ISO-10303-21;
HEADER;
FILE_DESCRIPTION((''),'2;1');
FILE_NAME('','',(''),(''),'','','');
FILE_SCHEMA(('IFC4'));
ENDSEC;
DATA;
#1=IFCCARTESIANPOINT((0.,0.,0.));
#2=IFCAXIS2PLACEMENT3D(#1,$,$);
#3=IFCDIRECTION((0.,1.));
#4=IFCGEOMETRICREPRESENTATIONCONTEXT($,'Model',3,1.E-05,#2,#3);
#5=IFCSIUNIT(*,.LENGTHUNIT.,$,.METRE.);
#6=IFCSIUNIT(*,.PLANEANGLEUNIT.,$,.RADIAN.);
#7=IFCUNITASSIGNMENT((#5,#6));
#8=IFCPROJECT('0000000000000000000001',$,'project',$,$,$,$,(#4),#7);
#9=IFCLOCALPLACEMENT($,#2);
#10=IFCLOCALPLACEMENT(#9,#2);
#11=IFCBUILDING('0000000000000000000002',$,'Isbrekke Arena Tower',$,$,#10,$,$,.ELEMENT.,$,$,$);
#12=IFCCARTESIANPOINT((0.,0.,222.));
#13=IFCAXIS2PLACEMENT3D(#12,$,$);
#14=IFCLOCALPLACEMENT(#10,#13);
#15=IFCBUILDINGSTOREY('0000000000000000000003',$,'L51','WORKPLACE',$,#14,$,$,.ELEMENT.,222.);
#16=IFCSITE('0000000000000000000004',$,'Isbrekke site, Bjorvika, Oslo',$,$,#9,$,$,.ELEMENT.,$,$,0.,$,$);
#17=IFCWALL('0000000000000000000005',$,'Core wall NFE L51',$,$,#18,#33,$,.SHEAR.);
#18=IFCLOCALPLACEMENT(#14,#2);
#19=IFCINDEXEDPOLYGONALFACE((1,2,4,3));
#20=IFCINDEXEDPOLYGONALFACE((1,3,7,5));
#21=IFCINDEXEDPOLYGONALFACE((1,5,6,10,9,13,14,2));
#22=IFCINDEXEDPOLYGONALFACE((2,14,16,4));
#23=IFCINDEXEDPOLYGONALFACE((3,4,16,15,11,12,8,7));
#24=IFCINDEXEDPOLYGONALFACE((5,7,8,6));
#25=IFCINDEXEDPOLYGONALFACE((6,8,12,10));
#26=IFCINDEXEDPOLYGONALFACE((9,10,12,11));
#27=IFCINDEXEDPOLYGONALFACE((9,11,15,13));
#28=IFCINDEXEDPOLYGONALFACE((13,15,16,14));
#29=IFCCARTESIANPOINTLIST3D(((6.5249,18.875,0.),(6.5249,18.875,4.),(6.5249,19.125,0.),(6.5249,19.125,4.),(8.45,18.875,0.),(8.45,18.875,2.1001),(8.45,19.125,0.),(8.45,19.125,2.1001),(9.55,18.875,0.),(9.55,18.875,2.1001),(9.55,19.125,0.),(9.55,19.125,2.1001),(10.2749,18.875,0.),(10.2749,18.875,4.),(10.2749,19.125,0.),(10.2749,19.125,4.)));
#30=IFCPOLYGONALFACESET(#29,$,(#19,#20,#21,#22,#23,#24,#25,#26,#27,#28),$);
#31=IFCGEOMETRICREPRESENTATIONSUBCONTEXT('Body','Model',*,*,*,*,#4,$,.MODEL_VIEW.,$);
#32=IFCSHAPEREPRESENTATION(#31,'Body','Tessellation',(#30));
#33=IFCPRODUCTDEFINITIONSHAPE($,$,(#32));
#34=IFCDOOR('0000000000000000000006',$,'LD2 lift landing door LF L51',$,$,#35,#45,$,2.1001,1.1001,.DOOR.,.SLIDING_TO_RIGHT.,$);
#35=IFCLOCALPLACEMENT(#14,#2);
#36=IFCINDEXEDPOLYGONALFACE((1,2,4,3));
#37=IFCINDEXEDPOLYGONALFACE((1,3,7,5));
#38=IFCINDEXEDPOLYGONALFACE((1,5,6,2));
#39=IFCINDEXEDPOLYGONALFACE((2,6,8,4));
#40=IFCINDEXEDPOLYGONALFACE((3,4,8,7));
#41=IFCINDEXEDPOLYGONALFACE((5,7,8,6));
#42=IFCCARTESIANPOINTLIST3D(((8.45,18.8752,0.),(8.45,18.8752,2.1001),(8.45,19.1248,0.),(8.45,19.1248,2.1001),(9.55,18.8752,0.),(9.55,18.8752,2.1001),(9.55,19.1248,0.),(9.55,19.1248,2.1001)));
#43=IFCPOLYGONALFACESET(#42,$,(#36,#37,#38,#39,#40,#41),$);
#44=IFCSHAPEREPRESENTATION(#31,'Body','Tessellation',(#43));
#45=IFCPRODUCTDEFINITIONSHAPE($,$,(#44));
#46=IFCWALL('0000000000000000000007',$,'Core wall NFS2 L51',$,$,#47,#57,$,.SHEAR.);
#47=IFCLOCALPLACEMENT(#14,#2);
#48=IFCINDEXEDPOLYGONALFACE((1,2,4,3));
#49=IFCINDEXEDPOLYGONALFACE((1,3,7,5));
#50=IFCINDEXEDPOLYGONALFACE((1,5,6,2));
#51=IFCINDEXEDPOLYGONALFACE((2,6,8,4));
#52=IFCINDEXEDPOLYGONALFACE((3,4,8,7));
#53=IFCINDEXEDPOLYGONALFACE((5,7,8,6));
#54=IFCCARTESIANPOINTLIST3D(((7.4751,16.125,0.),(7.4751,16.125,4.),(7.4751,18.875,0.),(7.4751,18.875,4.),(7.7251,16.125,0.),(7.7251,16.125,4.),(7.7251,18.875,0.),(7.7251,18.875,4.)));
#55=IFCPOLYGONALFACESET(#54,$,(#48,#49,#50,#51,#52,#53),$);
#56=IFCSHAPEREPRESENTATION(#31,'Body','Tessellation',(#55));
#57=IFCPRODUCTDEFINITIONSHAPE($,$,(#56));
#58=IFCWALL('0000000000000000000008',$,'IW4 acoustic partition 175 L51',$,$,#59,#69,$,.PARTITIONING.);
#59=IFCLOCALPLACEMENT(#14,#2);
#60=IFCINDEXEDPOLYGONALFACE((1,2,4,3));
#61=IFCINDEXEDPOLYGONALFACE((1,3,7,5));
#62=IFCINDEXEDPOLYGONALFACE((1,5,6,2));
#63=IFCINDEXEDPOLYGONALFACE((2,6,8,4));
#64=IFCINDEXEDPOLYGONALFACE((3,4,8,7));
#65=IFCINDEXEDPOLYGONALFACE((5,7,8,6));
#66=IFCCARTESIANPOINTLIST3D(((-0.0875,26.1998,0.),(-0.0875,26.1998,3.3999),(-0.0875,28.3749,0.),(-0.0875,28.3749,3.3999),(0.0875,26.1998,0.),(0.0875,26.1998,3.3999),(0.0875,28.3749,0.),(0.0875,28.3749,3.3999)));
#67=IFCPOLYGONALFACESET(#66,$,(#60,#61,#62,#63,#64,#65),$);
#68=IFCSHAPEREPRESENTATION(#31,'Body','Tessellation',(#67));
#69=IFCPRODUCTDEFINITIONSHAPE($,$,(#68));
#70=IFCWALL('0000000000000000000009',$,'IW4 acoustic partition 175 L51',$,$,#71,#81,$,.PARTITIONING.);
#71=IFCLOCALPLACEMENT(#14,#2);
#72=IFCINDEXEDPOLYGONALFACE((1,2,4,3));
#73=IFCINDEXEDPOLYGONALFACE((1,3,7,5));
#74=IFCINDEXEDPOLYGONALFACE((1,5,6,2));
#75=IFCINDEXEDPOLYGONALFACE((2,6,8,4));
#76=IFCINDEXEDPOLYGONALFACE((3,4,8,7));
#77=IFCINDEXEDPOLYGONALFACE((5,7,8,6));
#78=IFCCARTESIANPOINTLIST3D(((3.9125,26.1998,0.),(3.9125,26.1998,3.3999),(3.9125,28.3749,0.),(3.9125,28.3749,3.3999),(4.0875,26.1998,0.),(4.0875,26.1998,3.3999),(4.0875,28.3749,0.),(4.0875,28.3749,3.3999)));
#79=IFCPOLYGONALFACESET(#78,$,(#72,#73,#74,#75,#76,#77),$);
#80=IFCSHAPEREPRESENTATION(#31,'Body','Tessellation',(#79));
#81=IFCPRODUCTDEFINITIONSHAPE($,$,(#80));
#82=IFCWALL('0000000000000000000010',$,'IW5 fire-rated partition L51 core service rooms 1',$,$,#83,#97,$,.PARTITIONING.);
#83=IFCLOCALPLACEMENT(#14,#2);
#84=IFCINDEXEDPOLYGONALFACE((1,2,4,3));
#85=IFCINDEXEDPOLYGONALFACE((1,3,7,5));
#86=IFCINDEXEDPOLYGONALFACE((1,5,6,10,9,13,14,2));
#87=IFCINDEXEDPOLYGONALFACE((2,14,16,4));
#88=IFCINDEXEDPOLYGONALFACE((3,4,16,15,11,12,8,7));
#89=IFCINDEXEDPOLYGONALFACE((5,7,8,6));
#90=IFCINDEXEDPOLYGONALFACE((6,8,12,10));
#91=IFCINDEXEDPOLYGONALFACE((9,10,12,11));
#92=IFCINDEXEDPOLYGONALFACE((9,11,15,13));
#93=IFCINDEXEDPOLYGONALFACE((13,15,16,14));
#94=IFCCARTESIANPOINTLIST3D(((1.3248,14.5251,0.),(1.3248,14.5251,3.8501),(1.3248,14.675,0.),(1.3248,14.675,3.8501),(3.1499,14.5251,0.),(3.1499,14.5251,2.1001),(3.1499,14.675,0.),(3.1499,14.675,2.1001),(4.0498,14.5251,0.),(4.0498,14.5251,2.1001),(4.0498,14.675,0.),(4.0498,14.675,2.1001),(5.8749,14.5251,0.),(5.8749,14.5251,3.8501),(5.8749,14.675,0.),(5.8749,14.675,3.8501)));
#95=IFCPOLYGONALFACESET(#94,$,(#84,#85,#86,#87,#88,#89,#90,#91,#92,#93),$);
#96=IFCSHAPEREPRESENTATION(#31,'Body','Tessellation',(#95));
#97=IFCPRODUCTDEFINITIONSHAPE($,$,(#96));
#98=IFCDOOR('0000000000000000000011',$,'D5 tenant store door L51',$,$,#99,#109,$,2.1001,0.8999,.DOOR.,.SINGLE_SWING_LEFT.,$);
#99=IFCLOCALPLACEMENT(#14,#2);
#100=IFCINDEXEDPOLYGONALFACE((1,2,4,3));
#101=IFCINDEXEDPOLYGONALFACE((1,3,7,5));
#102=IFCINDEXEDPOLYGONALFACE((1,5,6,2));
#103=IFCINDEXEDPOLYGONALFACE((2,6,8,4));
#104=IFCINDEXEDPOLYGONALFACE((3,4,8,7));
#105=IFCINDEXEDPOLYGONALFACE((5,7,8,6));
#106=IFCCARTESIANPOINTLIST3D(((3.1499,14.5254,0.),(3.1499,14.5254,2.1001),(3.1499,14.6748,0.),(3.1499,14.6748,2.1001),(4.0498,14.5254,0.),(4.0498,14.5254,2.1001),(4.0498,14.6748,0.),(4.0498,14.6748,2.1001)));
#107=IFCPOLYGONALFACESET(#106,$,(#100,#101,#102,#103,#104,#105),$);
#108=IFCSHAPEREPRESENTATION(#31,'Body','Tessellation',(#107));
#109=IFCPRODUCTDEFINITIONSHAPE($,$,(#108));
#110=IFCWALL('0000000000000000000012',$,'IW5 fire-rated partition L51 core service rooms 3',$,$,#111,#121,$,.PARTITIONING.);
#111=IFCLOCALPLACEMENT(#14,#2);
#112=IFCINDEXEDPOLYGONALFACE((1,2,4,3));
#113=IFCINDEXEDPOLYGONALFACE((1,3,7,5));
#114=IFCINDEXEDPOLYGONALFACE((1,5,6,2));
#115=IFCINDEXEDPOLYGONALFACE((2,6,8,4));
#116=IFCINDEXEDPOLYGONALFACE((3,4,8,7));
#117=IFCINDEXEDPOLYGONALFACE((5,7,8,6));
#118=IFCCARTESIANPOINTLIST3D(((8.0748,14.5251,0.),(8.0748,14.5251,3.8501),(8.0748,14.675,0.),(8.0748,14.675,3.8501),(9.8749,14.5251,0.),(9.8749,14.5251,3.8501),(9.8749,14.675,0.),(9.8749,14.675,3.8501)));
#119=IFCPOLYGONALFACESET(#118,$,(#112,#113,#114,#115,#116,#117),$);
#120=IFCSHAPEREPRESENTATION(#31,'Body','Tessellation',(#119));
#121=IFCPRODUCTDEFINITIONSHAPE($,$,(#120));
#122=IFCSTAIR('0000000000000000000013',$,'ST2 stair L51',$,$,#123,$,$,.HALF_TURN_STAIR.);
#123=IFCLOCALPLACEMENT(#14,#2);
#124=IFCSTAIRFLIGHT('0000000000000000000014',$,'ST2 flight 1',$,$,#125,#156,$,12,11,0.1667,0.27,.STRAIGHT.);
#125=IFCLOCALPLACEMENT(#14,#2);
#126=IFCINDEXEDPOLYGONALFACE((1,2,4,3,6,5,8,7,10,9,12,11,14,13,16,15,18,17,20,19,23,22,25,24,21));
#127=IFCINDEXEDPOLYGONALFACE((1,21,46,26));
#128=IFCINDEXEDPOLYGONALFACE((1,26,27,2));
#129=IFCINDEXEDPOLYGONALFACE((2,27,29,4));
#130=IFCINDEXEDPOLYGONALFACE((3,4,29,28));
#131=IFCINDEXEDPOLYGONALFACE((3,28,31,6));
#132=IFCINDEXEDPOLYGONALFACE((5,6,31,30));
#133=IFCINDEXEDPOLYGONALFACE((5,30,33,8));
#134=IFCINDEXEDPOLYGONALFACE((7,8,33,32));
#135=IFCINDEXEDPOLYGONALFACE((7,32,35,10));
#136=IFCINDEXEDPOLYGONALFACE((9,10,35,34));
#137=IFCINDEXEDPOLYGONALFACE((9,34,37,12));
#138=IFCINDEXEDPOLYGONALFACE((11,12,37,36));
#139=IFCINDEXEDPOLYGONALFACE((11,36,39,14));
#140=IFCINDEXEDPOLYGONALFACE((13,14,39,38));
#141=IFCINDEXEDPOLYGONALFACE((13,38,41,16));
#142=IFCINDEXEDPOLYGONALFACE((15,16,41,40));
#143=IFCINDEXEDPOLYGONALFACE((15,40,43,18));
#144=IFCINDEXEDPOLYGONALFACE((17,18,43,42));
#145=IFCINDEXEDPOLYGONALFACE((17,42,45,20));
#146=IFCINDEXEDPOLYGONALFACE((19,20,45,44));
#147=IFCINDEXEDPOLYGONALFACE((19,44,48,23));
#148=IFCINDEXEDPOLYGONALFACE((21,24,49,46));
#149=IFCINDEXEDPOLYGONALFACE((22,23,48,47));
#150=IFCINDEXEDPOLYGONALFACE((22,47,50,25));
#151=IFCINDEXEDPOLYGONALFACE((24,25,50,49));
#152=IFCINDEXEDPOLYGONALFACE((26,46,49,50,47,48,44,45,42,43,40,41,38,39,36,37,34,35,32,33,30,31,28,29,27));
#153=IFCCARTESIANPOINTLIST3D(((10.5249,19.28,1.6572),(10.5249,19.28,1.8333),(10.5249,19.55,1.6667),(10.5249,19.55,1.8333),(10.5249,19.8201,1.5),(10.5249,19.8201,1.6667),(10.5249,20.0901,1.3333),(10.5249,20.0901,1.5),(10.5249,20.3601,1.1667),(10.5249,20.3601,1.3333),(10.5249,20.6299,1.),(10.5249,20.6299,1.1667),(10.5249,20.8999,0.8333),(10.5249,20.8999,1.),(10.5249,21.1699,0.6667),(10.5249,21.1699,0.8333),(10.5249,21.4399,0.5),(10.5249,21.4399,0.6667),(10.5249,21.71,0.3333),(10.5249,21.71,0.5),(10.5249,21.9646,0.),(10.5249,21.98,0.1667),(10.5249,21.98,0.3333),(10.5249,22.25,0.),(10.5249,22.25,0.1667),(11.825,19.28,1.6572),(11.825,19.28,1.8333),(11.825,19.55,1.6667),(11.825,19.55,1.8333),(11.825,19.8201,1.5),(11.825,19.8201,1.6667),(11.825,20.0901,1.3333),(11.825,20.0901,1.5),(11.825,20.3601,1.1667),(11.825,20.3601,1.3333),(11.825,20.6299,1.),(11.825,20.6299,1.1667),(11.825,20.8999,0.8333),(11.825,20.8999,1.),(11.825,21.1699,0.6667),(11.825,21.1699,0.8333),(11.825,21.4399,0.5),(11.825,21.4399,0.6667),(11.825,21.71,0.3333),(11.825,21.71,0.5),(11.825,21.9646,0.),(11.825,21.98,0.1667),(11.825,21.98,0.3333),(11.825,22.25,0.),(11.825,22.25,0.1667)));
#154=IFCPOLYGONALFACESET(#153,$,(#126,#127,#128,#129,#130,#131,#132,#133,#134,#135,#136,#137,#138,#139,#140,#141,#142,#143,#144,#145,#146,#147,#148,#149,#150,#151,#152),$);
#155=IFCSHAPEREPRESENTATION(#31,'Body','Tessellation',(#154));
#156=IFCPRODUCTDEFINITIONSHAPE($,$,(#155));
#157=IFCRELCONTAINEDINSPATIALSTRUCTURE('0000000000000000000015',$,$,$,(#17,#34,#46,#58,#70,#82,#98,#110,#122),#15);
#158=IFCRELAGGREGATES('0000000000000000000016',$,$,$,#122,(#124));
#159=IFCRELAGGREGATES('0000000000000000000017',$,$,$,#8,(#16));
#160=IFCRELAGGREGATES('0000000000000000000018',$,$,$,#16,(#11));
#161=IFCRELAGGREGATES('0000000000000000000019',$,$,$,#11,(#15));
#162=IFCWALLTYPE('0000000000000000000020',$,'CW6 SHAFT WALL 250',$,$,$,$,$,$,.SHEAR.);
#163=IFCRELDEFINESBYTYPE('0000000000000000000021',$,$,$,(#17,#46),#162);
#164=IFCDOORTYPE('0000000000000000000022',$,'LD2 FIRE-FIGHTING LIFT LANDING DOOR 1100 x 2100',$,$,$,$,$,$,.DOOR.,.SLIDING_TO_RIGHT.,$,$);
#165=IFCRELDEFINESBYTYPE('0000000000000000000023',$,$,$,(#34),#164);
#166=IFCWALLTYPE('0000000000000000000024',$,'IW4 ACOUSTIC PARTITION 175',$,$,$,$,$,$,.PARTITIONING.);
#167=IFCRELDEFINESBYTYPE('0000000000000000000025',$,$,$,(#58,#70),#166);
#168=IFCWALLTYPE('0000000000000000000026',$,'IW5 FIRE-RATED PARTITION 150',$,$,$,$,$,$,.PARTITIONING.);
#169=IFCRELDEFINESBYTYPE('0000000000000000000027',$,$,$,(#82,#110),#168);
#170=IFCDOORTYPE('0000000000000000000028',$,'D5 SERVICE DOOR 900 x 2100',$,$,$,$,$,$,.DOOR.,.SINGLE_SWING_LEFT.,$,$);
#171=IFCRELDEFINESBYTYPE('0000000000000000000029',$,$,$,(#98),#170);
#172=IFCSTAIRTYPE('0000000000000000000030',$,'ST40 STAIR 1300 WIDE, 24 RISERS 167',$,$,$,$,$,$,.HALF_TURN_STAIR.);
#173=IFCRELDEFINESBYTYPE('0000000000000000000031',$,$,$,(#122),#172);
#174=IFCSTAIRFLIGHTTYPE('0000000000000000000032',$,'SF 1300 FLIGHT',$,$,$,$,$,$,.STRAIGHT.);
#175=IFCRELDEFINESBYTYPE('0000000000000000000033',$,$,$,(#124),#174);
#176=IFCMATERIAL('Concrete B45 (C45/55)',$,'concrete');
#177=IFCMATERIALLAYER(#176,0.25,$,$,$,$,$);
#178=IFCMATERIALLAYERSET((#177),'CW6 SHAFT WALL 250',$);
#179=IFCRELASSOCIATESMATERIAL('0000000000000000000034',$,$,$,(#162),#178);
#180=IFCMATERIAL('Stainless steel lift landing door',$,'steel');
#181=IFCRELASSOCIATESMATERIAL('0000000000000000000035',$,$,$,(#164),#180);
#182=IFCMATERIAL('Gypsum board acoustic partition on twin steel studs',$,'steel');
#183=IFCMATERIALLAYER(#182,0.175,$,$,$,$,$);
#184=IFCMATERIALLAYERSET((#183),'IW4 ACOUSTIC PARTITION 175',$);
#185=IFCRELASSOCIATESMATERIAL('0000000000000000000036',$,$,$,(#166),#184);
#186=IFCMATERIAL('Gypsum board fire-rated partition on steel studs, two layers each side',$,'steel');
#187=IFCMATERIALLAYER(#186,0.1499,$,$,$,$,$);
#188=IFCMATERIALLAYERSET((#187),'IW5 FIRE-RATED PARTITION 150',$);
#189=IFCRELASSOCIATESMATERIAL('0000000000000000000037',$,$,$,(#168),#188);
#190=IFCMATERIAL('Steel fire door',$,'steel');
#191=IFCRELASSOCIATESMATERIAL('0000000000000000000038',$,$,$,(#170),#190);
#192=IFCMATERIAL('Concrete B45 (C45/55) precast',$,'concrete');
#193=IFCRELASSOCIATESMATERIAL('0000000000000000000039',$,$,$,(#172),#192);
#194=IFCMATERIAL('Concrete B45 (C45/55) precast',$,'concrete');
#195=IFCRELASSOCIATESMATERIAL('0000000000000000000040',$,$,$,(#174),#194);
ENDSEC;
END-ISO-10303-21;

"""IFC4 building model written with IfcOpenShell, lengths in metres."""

from ifc_helpers import new_model, si_unit, direction, frame, frame_2d, origin, place, context, subcontext, project, spatial, polyline, rectangle, outline, extrude, material, layer, layer_set, type_object, element, fill, aggregate, save


model = new_model("IFC4")

# Units and contexts
model_context = context("Model", 3, precision=1e-05, world=origin(), true_north=direction((0.0, 1.0)))
body_context = subcontext(model_context, "Body", "Model", "MODEL_VIEW")
ifc_project = project(units=[si_unit("LENGTHUNIT", "METRE"), si_unit("PLANEANGLEUNIT", "RADIAN")], contexts=[model_context])

# Site, building, storey
site_placement = place(None, origin())
site = spatial("IfcSite", under=ifc_project, at=site_placement, Name="Isbrekke site, Bjorvika, Oslo", CompositionType="ELEMENT", RefElevation=0.0)
building_placement = place(site_placement, origin())
building = spatial("IfcBuilding", under=site, at=building_placement, Name="Isbrekke Arena Tower", CompositionType="ELEMENT")
storey_placement = place(building_placement, frame((0.0, 0.0, 222.0)))
storey = spatial("IfcBuildingStorey", under=building, at=storey_placement, Name="L51", Description="WORKPLACE", CompositionType="ELEMENT", Elevation=222.0)

# Shared definitions
ifc_material_1 = material(Name="Concrete B45 (C45/55)", Category="concrete")
ifc_layer_1 = layer(ifc_material_1, 0.25)
ifc_layer_set_1 = layer_set([ifc_layer_1], Name="CW6 SHAFT WALL 250")
wall_type_1 = type_object("IfcWallType", Name="CW6 SHAFT WALL 250", PredefinedType="SHEAR", material=ifc_layer_set_1)

# Wall, opening, door
wall_1_placement = place(storey_placement, frame((6.5249, 19.0, 0.0), z_axis=(0.0, 0.0, 1.0), x_axis=(1.0, 0.0, 0.0)))
wall_1 = element("IfcWall", 1, at=wall_1_placement, inside=storey, type_object=wall_type_1, Name="Core wall NFE L51", PredefinedType="SHEAR", context=body_context, shape_type="SweptSolid", body=[
    extrude(rectangle(XDim=3.75, YDim=0.25, at=frame_2d((1.875, 0.0))), origin(), (0.0, 0.0, 1.0), 4.0),
])
opening_1_placement = place(wall_1_placement, frame((1.925, 0.0, 0.0)))
opening_1 = element("IfcOpeningElement", 2, at=opening_1_placement, cuts=wall_1, PredefinedType="OPENING", context=body_context, shape_type="SweptSolid", body=[
    extrude(rectangle(XDim=1.1001, YDim=2.1001, at=frame_2d((0.55, 1.05))), frame((0.0, 0.1399, 0.0), z_axis=(0.0, -1.0, 0.0), x_axis=(1.0, 0.0, 0.0)), (0.0, 0.0, 1.0), 0.2798),
])
ifc_material_2 = material(Name="Stainless steel lift landing door", Category="steel")
door_type_1 = type_object("IfcDoorType", Name="LD2 FIRE-FIGHTING LIFT LANDING DOOR 1100 x 2100", OperationType="SLIDING_TO_RIGHT", PredefinedType="DOOR", material=ifc_material_2)
door_1_placement = place(opening_1_placement, origin())
door_1 = element("IfcDoor", 3, at=door_1_placement, inside=storey, type_object=door_type_1, Name="LD2 lift landing door LF L51", OperationType="SLIDING_TO_RIGHT", OverallHeight=2.1001, OverallWidth=1.1001, PredefinedType="DOOR", context=body_context, shape_type="SweptSolid", body=[
    extrude(rectangle(XDim=1.1001, YDim=2.1001, at=frame_2d((0.55, 1.05))), frame((0.0, 0.1248, 0.0), z_axis=(0.0, -1.0, 0.0), x_axis=(1.0, 0.0, 0.0)), (0.0, 0.0, 1.0), 0.2495),
])
fill(opening_1, door_1)

# Walls
wall_2_placement = place(storey_placement, frame((7.6001, 16.125, 0.0), z_axis=(0.0, 0.0, 1.0), x_axis=(0.0, 1.0, 0.0)))
element("IfcWall", 4, at=wall_2_placement, inside=storey, type_object=wall_type_1, Name="Core wall NFS2 L51", PredefinedType="SHEAR", context=body_context, shape_type="SweptSolid", body=[
    extrude(rectangle(XDim=2.75, YDim=0.25, at=frame_2d((1.375, 0.0))), origin(), (0.0, 0.0, 1.0), 4.0),
])
ifc_material_3 = material(Name="Gypsum board acoustic partition on twin steel studs", Category="steel")
ifc_layer_2 = layer(ifc_material_3, 0.175)
ifc_layer_set_2 = layer_set([ifc_layer_2], Name="IW4 ACOUSTIC PARTITION 175")
wall_type_2 = type_object("IfcWallType", Name="IW4 ACOUSTIC PARTITION 175", PredefinedType="PARTITIONING", material=ifc_layer_set_2)
for number, where, z_axis, x_axis, name in (
    (5, (0.0, 26.2, 0.0), (0.0, 0.0, 1.0), (0.0, 1.0, 0.0), "IW4 acoustic partition 175 L51"),
    (6, (4.0, 26.2, 0.0), (0.0, 0.0, 1.0), (0.0, 1.0, 0.0), "IW4 acoustic partition 175 L51"),
):
    element("IfcWall", number, at=place(storey_placement, frame(where, z_axis=z_axis, x_axis=x_axis)), inside=storey, type_object=wall_type_2, Name=name, PredefinedType="PARTITIONING", context=body_context, shape_type="SweptSolid", body=[
        extrude(rectangle(XDim=2.175, YDim=0.175, at=frame_2d((1.0874, 0.0))), origin(), (0.0, 0.0, 1.0), 3.3999),
    ])

# Wall, opening, door
ifc_material_4 = material(Name="Gypsum board fire-rated partition on steel studs, two layers each side", Category="steel")
ifc_layer_3 = layer(ifc_material_4, 0.1499)
ifc_layer_set_3 = layer_set([ifc_layer_3], Name="IW5 FIRE-RATED PARTITION 150")
wall_type_3 = type_object("IfcWallType", Name="IW5 FIRE-RATED PARTITION 150", PredefinedType="PARTITIONING", material=ifc_layer_set_3)
wall_3_placement = place(storey_placement, frame((1.325, 14.6001, 0.0), z_axis=(0.0, 0.0, 1.0), x_axis=(1.0, 0.0, 0.0)))
wall_3 = element("IfcWall", 7, at=wall_3_placement, inside=storey, type_object=wall_type_3, Name="IW5 fire-rated partition L51 core service rooms 1", PredefinedType="PARTITIONING", context=body_context, shape_type="SweptSolid", body=[
    extrude(rectangle(XDim=4.55, YDim=0.1499, at=frame_2d((2.2749, 0.0))), origin(), (0.0, 0.0, 1.0), 3.8501),
])
opening_2_placement = place(wall_3_placement, frame((1.825, 0.0, 0.0)))
opening_2 = element("IfcOpeningElement", 8, at=opening_2_placement, cuts=wall_3, PredefinedType="OPENING", context=body_context, shape_type="SweptSolid", body=[
    extrude(rectangle(XDim=0.8999, YDim=2.1001, at=frame_2d((0.45, 1.05))), frame((0.0, 0.0898, 0.0), z_axis=(0.0, -1.0, 0.0), x_axis=(1.0, 0.0, 0.0)), (0.0, 0.0, 1.0), 0.1797),
])
ifc_material_5 = material(Name="Steel fire door", Category="steel")
door_type_2 = type_object("IfcDoorType", Name="D5 SERVICE DOOR 900 x 2100", OperationType="SINGLE_SWING_LEFT", PredefinedType="DOOR", material=ifc_material_5)
door_2_placement = place(opening_2_placement, origin())
door_2 = element("IfcDoor", 9, at=door_2_placement, inside=storey, type_object=door_type_2, Name="D5 tenant store door L51", OperationType="SINGLE_SWING_LEFT", OverallHeight=2.1001, OverallWidth=0.8999, PredefinedType="DOOR", context=body_context, shape_type="SweptSolid", body=[
    extrude(rectangle(XDim=0.8999, YDim=2.1001, at=frame_2d((0.45, 1.05))), frame((0.0, 0.0747, 0.0), z_axis=(0.0, -1.0, 0.0), x_axis=(1.0, 0.0, 0.0)), (0.0, 0.0, 1.0), 0.1494),
])
fill(opening_2, door_2)

# Wall
wall_4_placement = place(storey_placement, frame((8.075, 14.6001, 0.0), z_axis=(0.0, 0.0, 1.0), x_axis=(1.0, 0.0, 0.0)))
element("IfcWall", 10, at=wall_4_placement, inside=storey, type_object=wall_type_3, Name="IW5 fire-rated partition L51 core service rooms 3", PredefinedType="PARTITIONING", context=body_context, shape_type="SweptSolid", body=[
    extrude(rectangle(XDim=1.8, YDim=0.1499, at=frame_2d((0.8999, 0.0))), origin(), (0.0, 0.0, 1.0), 3.8501),
])

# Stair, stair flight
ifc_material_6 = material(Name="Concrete B45 (C45/55) precast", Category="concrete")
stair_type = type_object("IfcStairType", Name="ST40 STAIR 1300 WIDE, 24 RISERS 167", PredefinedType="HALF_TURN_STAIR", material=ifc_material_6)
stair_placement = place(storey_placement, origin())
stair = element("IfcStair", 11, at=stair_placement, inside=storey, type_object=stair_type, Name="ST2 stair L51", PredefinedType="HALF_TURN_STAIR")
ifc_material_7 = material(Name="Concrete B45 (C45/55) precast", Category="concrete")
stair_flight_type = type_object("IfcStairFlightType", Name="SF 1300 FLIGHT", PredefinedType="STRAIGHT", material=ifc_material_7)
stair_flight_1_placement = place(storey_placement, frame((11.175, 22.25, 0.0), z_axis=(0.0, 0.0, 1.0), x_axis=(0.0, -1.0, 0.0)))
stair_flight_1 = element("IfcStairFlight", 12, at=stair_flight_1_placement, type_object=stair_flight_type, Name="ST2 flight 1", NumberOfRisers=12, NumberOfTreads=11, PredefinedType="STRAIGHT", RiserHeight=0.1667, TreadLength=0.27, context=body_context, shape_type="SweptSolid", body=[
    extrude(outline(polyline([(0.0, 0.0), (0.0, 0.1667), (0.27, 0.1667), (0.27, 0.3333), (0.54, 0.3333), (0.54, 0.5), (0.8101, 0.5), (0.8101, 0.6667), (1.0801, 0.6667), (1.0801, 0.8333), (1.3501, 0.8333), (1.3501, 1.0), (1.6201, 1.0), (1.6201, 1.1667), (1.8899, 1.1667), (1.8899, 1.3333), (2.1599, 1.3333), (2.1599, 1.5), (2.4299, 1.5), (2.4299, 1.6667), (2.7, 1.6667), (2.7, 1.8333), (2.97, 1.8333), (2.97, 2.0), (2.97, 1.6572), (0.2854, 0.0), (0.0, 0.0)])), frame((0.0, 0.6499, 0.0), z_axis=(0.0, -1.0, 0.0), x_axis=(1.0, 0.0, 0.0)), (0.0, 0.0, 1.0), 1.3),
])
aggregate(stair, [stair_flight_1])

save(model, "model.ifc")
